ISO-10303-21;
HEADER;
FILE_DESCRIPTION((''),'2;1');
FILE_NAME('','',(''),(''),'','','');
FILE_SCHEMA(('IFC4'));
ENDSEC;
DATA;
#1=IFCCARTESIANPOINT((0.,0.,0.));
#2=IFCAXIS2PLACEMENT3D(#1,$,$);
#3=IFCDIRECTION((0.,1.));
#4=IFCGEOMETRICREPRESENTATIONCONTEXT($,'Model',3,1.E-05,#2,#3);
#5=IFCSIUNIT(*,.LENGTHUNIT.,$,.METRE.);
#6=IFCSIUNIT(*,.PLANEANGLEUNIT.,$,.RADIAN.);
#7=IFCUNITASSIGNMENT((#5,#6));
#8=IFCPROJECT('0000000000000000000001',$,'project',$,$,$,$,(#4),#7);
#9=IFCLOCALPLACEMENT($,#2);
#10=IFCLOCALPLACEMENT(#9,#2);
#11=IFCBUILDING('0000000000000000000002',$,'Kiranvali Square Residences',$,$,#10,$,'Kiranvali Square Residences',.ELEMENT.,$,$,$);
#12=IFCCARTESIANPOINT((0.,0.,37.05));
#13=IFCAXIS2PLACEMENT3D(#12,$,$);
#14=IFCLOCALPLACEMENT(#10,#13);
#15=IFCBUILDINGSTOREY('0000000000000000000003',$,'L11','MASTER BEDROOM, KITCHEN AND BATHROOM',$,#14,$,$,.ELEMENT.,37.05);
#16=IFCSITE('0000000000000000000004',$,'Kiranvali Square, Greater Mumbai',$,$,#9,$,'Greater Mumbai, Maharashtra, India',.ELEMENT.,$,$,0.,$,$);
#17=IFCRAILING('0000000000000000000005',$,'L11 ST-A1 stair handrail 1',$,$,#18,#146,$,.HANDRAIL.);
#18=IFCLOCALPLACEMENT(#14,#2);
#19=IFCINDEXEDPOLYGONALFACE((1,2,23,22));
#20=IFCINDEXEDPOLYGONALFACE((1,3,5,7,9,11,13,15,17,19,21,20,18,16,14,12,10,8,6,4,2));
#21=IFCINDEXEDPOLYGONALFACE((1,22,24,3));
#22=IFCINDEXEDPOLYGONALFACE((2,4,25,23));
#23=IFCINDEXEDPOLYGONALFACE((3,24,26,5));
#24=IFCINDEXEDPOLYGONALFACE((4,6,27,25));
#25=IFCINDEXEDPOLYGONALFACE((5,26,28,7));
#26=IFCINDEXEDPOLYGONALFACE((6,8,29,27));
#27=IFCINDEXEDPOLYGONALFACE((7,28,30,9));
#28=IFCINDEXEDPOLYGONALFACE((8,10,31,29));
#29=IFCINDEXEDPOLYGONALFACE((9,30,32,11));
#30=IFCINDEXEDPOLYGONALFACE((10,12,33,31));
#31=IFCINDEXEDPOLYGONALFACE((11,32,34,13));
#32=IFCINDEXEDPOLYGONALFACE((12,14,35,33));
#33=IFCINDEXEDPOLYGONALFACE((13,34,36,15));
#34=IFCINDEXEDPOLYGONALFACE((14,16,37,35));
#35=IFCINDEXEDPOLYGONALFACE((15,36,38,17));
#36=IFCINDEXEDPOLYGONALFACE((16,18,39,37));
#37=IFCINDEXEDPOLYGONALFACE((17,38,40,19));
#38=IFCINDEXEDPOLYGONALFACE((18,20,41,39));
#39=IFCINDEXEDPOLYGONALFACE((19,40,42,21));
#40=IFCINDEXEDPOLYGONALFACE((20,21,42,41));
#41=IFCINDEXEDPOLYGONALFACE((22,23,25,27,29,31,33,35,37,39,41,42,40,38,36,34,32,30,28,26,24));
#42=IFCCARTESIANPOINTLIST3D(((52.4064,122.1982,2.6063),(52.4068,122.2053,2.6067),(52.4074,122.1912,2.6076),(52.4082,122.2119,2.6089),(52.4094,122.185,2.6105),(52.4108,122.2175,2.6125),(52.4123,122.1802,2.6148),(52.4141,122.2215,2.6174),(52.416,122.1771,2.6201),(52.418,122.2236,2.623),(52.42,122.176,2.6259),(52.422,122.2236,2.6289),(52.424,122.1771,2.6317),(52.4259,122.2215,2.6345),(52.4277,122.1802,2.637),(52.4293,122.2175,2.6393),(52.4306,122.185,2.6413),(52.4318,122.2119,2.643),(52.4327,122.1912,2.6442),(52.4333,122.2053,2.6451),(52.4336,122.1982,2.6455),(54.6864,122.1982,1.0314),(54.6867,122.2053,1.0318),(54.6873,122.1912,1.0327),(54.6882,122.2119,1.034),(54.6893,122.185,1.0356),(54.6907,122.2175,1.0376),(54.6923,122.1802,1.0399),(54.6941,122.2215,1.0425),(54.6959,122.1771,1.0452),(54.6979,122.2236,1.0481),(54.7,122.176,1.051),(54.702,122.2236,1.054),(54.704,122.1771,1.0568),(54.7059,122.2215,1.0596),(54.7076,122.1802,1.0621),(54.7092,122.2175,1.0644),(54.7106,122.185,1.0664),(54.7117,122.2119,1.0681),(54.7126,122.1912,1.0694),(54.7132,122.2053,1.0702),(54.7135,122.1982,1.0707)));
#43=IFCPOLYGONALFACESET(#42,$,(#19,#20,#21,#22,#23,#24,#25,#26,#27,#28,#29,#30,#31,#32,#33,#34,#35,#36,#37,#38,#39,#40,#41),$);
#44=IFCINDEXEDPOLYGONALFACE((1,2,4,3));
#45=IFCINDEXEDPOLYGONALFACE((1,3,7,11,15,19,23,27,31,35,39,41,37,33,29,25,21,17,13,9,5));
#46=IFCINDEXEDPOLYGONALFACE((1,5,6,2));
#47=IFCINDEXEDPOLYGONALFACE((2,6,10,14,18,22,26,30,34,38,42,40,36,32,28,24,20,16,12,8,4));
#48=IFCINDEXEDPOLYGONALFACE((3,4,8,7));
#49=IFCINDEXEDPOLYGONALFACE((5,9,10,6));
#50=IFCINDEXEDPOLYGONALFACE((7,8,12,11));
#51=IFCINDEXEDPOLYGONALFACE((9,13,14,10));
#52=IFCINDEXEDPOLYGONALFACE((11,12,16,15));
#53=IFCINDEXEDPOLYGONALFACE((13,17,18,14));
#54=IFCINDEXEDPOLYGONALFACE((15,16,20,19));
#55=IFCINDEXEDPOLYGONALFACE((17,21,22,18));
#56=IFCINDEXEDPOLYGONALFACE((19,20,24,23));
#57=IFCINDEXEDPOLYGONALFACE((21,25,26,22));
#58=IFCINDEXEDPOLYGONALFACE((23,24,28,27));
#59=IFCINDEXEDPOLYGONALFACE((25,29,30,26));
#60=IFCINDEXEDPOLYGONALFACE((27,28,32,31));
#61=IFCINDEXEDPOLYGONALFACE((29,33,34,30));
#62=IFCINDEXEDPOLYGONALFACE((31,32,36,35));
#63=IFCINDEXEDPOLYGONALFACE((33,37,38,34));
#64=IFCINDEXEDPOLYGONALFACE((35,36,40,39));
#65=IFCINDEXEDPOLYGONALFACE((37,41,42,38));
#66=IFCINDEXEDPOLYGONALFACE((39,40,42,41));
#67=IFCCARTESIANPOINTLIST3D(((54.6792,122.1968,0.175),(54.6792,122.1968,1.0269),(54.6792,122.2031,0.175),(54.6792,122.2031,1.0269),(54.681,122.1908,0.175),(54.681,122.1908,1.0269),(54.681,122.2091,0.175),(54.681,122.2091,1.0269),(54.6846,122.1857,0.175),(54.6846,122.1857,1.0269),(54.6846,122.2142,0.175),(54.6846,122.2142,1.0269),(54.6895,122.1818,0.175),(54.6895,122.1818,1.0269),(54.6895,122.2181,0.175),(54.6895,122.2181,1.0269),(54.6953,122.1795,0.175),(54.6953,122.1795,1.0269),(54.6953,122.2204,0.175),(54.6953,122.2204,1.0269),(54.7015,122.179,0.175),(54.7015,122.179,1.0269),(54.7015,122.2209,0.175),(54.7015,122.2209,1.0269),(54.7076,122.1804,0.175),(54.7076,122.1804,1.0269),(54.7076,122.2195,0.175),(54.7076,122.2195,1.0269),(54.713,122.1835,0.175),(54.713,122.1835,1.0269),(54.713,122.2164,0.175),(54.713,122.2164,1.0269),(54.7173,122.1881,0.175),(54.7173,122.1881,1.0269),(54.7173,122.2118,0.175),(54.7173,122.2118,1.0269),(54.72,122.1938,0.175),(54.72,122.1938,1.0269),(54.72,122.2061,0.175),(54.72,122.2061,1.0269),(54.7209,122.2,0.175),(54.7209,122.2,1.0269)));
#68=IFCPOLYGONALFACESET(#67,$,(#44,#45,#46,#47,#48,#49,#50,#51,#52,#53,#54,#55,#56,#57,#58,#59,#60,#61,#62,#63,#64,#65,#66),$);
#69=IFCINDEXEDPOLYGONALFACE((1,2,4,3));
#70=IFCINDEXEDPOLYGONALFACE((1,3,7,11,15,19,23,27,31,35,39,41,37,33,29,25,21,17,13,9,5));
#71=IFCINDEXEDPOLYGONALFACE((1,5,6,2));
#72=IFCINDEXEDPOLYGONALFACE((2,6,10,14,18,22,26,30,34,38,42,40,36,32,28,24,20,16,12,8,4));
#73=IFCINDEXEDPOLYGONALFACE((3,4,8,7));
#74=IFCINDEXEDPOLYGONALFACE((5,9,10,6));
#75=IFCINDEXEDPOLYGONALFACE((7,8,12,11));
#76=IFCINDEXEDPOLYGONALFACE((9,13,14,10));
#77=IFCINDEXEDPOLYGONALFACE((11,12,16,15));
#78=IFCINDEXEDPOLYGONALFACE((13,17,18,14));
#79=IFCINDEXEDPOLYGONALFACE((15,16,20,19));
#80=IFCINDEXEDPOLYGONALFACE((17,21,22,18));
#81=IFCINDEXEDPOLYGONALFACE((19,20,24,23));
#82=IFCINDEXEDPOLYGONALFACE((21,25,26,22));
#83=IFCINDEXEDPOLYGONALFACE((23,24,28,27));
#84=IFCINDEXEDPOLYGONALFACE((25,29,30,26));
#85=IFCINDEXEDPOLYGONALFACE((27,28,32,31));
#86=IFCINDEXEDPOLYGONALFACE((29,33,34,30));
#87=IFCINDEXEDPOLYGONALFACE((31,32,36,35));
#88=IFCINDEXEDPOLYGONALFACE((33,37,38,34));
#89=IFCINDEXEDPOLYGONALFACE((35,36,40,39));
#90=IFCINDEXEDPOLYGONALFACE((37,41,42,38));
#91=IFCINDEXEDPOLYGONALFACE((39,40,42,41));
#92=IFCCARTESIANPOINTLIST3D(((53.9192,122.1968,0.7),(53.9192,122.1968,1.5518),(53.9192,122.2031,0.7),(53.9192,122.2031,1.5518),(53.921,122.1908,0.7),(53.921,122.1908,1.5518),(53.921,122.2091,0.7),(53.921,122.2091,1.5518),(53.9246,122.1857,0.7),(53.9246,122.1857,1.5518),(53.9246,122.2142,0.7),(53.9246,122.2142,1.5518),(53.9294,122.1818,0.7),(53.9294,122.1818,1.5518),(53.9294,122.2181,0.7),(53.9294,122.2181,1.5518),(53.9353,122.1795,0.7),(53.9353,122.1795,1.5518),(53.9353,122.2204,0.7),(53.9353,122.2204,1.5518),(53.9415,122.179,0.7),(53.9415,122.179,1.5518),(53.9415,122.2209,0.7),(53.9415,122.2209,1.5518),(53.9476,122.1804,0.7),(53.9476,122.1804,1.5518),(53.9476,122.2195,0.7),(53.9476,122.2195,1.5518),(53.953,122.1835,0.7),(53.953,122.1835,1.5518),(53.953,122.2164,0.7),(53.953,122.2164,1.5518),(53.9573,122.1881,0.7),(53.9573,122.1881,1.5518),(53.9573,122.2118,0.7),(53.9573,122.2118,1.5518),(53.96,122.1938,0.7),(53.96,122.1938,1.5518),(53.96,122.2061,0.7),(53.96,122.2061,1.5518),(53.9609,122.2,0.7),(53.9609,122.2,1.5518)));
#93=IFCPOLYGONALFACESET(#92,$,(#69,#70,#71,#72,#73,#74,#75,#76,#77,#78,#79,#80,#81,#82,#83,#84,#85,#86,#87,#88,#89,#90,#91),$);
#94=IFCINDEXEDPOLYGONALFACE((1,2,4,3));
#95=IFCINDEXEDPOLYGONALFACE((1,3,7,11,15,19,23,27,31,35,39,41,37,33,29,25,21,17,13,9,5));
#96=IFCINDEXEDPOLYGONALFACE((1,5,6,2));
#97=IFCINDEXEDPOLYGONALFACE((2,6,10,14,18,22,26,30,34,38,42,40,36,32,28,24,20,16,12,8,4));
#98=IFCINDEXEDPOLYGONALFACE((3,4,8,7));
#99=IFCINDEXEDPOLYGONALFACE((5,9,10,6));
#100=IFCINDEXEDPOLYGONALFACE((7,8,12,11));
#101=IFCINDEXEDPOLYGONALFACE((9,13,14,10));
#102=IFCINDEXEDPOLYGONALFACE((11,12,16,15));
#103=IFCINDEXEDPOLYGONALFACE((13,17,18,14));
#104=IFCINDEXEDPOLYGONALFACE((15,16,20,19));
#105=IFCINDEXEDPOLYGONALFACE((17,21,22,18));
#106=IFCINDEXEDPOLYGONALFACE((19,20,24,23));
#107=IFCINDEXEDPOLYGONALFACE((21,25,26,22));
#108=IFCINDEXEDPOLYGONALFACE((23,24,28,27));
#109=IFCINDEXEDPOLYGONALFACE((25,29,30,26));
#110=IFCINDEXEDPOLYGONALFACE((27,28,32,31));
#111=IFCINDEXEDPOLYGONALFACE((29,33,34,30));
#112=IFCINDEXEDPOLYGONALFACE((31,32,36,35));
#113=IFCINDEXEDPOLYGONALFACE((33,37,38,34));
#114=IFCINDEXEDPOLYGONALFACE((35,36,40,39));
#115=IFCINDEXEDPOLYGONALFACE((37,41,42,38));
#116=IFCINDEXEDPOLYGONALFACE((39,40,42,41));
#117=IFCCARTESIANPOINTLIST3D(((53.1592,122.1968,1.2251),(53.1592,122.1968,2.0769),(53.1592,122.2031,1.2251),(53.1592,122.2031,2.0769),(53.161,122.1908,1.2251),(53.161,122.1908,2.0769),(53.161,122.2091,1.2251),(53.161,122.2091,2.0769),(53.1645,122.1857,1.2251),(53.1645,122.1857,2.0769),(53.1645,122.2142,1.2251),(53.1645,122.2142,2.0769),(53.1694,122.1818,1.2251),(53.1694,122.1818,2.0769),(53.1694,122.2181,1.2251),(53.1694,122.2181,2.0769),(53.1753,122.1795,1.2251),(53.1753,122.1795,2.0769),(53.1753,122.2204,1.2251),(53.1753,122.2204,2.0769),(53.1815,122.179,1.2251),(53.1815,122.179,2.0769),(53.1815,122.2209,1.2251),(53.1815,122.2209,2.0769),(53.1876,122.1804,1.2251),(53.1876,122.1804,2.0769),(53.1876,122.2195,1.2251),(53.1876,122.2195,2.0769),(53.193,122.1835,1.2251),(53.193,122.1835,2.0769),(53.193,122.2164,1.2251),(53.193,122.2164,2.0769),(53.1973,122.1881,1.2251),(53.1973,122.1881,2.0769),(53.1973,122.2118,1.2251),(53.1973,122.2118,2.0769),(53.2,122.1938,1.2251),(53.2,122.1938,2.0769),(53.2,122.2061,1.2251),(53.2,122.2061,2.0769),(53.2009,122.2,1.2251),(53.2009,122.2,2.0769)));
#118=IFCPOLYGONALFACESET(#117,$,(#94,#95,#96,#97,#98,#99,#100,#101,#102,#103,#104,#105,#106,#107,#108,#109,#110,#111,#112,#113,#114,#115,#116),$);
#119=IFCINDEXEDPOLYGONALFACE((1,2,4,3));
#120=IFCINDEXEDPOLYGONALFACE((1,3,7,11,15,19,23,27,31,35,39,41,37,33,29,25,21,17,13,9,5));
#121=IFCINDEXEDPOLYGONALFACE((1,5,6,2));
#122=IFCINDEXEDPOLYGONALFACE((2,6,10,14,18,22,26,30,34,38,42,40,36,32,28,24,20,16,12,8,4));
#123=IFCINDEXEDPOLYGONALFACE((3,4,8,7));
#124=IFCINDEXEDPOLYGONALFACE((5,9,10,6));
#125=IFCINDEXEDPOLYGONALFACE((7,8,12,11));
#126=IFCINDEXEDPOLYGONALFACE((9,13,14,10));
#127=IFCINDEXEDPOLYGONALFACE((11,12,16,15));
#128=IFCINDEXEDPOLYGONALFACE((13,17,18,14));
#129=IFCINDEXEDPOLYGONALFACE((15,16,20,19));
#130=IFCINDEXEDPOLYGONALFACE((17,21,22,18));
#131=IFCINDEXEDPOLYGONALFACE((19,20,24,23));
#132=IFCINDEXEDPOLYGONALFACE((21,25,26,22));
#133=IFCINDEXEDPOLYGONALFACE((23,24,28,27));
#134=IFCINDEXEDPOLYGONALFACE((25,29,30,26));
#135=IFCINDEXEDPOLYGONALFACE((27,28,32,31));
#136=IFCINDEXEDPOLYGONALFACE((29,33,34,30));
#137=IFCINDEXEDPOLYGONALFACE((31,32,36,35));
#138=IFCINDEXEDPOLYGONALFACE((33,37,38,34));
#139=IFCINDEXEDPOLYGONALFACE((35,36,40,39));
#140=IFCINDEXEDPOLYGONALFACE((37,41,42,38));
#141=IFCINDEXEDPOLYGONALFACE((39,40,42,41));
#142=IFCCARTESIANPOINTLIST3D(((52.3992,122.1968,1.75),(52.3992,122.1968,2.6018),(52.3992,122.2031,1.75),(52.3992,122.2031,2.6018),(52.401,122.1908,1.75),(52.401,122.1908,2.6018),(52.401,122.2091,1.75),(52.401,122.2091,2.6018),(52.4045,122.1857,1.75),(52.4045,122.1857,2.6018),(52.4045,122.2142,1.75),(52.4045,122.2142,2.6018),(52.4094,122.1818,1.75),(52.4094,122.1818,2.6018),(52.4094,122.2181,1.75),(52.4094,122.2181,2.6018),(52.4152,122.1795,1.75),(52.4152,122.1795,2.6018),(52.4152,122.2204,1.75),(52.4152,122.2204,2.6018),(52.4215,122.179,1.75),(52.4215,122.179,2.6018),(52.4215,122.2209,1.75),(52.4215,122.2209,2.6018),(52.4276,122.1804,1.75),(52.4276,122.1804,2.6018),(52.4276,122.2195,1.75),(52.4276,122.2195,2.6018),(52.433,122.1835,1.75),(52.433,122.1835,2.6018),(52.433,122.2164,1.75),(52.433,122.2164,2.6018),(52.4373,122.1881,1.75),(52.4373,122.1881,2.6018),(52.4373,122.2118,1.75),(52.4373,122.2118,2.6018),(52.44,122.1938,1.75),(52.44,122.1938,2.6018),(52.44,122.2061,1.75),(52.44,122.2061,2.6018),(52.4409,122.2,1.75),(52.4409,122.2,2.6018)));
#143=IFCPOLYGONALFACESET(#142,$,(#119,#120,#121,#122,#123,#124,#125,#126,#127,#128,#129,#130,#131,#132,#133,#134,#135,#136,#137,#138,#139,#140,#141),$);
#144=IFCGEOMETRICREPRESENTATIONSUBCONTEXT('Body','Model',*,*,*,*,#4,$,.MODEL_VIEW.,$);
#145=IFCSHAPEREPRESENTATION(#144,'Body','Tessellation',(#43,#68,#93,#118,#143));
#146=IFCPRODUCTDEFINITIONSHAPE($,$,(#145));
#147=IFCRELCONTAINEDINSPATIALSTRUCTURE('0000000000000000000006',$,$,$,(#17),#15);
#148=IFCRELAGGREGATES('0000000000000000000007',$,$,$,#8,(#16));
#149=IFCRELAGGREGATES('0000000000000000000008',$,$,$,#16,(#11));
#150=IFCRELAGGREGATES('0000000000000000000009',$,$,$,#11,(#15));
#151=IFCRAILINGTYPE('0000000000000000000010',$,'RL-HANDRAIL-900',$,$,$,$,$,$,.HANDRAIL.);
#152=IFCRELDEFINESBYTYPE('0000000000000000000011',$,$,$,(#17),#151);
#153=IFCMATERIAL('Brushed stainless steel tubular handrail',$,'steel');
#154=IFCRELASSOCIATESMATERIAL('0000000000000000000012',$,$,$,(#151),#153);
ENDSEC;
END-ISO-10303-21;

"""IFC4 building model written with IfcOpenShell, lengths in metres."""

from ifc_helpers import new_model, si_unit, direction, frame, origin, origin_2d, place, context, subcontext, project, spatial, circle, extrude, material, type_object, element, save


model = new_model("IFC4")

# Units and contexts
model_context = context("Model", 3, precision=1e-05, world=origin(), true_north=direction((0.0, 1.0)))
body_context = subcontext(model_context, "Body", "Model", "MODEL_VIEW")
ifc_project = project(units=[si_unit("LENGTHUNIT", "METRE"), si_unit("PLANEANGLEUNIT", "RADIAN")], contexts=[model_context])

# Site, building, storey
site_placement = place(None, origin())
site = spatial("IfcSite", under=ifc_project, at=site_placement, Name="Kiranvali Square, Greater Mumbai", LongName="Greater Mumbai, Maharashtra, India", CompositionType="ELEMENT", RefElevation=0.0)
building_placement = place(site_placement, origin())
building = spatial("IfcBuilding", under=site, at=building_placement, Name="Kiranvali Square Residences", LongName="Kiranvali Square Residences", CompositionType="ELEMENT")
storey_placement = place(building_placement, frame((0.0, 0.0, 37.05)))
storey = spatial("IfcBuildingStorey", under=building, at=storey_placement, Name="L11", Description="MASTER BEDROOM, KITCHEN AND BATHROOM", CompositionType="ELEMENT", Elevation=37.05)

# Railing
ifc_material_1 = material(Name="Brushed stainless steel tubular handrail", Category="steel")
railing_type_1 = type_object("IfcRailingType", Name="RL-HANDRAIL-900", PredefinedType="HANDRAIL", material=ifc_material_1)
railing_1_placement = place(storey_placement, frame((54.7, 122.2, 0.175)))
element("IfcRailing", 1, at=railing_1_placement, inside=storey, type_object=railing_type_1, Name="L11 ST-A1 stair handrail 1", PredefinedType="HANDRAIL", context=body_context, shape_type="SweptSolid", body=[
    extrude(circle(Radius=0.0239, at=origin_2d()), frame((0.0, 0.0, 0.876), z_axis=(-0.822788, 0.0, 0.568348), x_axis=(0.0, -1.0, 0.0)), (0.0, 0.0, 1.0), 2.771),
    extrude(circle(Radius=0.021, at=origin_2d()), origin(), (0.0, 0.0, 1.0), 0.8518),
    extrude(circle(Radius=0.021, at=origin_2d()), frame((-0.76, 0.0, 0.5249)), (0.0, 0.0, 1.0), 0.8518),
    extrude(circle(Radius=0.021, at=origin_2d()), frame((-1.52, 0.0, 1.05)), (0.0, 0.0, 1.0), 0.8518),
    extrude(circle(Radius=0.021, at=origin_2d()), frame((-2.28, 0.0, 1.575)), (0.0, 0.0, 1.0), 0.8518),
])

save(model, "model.ifc")
